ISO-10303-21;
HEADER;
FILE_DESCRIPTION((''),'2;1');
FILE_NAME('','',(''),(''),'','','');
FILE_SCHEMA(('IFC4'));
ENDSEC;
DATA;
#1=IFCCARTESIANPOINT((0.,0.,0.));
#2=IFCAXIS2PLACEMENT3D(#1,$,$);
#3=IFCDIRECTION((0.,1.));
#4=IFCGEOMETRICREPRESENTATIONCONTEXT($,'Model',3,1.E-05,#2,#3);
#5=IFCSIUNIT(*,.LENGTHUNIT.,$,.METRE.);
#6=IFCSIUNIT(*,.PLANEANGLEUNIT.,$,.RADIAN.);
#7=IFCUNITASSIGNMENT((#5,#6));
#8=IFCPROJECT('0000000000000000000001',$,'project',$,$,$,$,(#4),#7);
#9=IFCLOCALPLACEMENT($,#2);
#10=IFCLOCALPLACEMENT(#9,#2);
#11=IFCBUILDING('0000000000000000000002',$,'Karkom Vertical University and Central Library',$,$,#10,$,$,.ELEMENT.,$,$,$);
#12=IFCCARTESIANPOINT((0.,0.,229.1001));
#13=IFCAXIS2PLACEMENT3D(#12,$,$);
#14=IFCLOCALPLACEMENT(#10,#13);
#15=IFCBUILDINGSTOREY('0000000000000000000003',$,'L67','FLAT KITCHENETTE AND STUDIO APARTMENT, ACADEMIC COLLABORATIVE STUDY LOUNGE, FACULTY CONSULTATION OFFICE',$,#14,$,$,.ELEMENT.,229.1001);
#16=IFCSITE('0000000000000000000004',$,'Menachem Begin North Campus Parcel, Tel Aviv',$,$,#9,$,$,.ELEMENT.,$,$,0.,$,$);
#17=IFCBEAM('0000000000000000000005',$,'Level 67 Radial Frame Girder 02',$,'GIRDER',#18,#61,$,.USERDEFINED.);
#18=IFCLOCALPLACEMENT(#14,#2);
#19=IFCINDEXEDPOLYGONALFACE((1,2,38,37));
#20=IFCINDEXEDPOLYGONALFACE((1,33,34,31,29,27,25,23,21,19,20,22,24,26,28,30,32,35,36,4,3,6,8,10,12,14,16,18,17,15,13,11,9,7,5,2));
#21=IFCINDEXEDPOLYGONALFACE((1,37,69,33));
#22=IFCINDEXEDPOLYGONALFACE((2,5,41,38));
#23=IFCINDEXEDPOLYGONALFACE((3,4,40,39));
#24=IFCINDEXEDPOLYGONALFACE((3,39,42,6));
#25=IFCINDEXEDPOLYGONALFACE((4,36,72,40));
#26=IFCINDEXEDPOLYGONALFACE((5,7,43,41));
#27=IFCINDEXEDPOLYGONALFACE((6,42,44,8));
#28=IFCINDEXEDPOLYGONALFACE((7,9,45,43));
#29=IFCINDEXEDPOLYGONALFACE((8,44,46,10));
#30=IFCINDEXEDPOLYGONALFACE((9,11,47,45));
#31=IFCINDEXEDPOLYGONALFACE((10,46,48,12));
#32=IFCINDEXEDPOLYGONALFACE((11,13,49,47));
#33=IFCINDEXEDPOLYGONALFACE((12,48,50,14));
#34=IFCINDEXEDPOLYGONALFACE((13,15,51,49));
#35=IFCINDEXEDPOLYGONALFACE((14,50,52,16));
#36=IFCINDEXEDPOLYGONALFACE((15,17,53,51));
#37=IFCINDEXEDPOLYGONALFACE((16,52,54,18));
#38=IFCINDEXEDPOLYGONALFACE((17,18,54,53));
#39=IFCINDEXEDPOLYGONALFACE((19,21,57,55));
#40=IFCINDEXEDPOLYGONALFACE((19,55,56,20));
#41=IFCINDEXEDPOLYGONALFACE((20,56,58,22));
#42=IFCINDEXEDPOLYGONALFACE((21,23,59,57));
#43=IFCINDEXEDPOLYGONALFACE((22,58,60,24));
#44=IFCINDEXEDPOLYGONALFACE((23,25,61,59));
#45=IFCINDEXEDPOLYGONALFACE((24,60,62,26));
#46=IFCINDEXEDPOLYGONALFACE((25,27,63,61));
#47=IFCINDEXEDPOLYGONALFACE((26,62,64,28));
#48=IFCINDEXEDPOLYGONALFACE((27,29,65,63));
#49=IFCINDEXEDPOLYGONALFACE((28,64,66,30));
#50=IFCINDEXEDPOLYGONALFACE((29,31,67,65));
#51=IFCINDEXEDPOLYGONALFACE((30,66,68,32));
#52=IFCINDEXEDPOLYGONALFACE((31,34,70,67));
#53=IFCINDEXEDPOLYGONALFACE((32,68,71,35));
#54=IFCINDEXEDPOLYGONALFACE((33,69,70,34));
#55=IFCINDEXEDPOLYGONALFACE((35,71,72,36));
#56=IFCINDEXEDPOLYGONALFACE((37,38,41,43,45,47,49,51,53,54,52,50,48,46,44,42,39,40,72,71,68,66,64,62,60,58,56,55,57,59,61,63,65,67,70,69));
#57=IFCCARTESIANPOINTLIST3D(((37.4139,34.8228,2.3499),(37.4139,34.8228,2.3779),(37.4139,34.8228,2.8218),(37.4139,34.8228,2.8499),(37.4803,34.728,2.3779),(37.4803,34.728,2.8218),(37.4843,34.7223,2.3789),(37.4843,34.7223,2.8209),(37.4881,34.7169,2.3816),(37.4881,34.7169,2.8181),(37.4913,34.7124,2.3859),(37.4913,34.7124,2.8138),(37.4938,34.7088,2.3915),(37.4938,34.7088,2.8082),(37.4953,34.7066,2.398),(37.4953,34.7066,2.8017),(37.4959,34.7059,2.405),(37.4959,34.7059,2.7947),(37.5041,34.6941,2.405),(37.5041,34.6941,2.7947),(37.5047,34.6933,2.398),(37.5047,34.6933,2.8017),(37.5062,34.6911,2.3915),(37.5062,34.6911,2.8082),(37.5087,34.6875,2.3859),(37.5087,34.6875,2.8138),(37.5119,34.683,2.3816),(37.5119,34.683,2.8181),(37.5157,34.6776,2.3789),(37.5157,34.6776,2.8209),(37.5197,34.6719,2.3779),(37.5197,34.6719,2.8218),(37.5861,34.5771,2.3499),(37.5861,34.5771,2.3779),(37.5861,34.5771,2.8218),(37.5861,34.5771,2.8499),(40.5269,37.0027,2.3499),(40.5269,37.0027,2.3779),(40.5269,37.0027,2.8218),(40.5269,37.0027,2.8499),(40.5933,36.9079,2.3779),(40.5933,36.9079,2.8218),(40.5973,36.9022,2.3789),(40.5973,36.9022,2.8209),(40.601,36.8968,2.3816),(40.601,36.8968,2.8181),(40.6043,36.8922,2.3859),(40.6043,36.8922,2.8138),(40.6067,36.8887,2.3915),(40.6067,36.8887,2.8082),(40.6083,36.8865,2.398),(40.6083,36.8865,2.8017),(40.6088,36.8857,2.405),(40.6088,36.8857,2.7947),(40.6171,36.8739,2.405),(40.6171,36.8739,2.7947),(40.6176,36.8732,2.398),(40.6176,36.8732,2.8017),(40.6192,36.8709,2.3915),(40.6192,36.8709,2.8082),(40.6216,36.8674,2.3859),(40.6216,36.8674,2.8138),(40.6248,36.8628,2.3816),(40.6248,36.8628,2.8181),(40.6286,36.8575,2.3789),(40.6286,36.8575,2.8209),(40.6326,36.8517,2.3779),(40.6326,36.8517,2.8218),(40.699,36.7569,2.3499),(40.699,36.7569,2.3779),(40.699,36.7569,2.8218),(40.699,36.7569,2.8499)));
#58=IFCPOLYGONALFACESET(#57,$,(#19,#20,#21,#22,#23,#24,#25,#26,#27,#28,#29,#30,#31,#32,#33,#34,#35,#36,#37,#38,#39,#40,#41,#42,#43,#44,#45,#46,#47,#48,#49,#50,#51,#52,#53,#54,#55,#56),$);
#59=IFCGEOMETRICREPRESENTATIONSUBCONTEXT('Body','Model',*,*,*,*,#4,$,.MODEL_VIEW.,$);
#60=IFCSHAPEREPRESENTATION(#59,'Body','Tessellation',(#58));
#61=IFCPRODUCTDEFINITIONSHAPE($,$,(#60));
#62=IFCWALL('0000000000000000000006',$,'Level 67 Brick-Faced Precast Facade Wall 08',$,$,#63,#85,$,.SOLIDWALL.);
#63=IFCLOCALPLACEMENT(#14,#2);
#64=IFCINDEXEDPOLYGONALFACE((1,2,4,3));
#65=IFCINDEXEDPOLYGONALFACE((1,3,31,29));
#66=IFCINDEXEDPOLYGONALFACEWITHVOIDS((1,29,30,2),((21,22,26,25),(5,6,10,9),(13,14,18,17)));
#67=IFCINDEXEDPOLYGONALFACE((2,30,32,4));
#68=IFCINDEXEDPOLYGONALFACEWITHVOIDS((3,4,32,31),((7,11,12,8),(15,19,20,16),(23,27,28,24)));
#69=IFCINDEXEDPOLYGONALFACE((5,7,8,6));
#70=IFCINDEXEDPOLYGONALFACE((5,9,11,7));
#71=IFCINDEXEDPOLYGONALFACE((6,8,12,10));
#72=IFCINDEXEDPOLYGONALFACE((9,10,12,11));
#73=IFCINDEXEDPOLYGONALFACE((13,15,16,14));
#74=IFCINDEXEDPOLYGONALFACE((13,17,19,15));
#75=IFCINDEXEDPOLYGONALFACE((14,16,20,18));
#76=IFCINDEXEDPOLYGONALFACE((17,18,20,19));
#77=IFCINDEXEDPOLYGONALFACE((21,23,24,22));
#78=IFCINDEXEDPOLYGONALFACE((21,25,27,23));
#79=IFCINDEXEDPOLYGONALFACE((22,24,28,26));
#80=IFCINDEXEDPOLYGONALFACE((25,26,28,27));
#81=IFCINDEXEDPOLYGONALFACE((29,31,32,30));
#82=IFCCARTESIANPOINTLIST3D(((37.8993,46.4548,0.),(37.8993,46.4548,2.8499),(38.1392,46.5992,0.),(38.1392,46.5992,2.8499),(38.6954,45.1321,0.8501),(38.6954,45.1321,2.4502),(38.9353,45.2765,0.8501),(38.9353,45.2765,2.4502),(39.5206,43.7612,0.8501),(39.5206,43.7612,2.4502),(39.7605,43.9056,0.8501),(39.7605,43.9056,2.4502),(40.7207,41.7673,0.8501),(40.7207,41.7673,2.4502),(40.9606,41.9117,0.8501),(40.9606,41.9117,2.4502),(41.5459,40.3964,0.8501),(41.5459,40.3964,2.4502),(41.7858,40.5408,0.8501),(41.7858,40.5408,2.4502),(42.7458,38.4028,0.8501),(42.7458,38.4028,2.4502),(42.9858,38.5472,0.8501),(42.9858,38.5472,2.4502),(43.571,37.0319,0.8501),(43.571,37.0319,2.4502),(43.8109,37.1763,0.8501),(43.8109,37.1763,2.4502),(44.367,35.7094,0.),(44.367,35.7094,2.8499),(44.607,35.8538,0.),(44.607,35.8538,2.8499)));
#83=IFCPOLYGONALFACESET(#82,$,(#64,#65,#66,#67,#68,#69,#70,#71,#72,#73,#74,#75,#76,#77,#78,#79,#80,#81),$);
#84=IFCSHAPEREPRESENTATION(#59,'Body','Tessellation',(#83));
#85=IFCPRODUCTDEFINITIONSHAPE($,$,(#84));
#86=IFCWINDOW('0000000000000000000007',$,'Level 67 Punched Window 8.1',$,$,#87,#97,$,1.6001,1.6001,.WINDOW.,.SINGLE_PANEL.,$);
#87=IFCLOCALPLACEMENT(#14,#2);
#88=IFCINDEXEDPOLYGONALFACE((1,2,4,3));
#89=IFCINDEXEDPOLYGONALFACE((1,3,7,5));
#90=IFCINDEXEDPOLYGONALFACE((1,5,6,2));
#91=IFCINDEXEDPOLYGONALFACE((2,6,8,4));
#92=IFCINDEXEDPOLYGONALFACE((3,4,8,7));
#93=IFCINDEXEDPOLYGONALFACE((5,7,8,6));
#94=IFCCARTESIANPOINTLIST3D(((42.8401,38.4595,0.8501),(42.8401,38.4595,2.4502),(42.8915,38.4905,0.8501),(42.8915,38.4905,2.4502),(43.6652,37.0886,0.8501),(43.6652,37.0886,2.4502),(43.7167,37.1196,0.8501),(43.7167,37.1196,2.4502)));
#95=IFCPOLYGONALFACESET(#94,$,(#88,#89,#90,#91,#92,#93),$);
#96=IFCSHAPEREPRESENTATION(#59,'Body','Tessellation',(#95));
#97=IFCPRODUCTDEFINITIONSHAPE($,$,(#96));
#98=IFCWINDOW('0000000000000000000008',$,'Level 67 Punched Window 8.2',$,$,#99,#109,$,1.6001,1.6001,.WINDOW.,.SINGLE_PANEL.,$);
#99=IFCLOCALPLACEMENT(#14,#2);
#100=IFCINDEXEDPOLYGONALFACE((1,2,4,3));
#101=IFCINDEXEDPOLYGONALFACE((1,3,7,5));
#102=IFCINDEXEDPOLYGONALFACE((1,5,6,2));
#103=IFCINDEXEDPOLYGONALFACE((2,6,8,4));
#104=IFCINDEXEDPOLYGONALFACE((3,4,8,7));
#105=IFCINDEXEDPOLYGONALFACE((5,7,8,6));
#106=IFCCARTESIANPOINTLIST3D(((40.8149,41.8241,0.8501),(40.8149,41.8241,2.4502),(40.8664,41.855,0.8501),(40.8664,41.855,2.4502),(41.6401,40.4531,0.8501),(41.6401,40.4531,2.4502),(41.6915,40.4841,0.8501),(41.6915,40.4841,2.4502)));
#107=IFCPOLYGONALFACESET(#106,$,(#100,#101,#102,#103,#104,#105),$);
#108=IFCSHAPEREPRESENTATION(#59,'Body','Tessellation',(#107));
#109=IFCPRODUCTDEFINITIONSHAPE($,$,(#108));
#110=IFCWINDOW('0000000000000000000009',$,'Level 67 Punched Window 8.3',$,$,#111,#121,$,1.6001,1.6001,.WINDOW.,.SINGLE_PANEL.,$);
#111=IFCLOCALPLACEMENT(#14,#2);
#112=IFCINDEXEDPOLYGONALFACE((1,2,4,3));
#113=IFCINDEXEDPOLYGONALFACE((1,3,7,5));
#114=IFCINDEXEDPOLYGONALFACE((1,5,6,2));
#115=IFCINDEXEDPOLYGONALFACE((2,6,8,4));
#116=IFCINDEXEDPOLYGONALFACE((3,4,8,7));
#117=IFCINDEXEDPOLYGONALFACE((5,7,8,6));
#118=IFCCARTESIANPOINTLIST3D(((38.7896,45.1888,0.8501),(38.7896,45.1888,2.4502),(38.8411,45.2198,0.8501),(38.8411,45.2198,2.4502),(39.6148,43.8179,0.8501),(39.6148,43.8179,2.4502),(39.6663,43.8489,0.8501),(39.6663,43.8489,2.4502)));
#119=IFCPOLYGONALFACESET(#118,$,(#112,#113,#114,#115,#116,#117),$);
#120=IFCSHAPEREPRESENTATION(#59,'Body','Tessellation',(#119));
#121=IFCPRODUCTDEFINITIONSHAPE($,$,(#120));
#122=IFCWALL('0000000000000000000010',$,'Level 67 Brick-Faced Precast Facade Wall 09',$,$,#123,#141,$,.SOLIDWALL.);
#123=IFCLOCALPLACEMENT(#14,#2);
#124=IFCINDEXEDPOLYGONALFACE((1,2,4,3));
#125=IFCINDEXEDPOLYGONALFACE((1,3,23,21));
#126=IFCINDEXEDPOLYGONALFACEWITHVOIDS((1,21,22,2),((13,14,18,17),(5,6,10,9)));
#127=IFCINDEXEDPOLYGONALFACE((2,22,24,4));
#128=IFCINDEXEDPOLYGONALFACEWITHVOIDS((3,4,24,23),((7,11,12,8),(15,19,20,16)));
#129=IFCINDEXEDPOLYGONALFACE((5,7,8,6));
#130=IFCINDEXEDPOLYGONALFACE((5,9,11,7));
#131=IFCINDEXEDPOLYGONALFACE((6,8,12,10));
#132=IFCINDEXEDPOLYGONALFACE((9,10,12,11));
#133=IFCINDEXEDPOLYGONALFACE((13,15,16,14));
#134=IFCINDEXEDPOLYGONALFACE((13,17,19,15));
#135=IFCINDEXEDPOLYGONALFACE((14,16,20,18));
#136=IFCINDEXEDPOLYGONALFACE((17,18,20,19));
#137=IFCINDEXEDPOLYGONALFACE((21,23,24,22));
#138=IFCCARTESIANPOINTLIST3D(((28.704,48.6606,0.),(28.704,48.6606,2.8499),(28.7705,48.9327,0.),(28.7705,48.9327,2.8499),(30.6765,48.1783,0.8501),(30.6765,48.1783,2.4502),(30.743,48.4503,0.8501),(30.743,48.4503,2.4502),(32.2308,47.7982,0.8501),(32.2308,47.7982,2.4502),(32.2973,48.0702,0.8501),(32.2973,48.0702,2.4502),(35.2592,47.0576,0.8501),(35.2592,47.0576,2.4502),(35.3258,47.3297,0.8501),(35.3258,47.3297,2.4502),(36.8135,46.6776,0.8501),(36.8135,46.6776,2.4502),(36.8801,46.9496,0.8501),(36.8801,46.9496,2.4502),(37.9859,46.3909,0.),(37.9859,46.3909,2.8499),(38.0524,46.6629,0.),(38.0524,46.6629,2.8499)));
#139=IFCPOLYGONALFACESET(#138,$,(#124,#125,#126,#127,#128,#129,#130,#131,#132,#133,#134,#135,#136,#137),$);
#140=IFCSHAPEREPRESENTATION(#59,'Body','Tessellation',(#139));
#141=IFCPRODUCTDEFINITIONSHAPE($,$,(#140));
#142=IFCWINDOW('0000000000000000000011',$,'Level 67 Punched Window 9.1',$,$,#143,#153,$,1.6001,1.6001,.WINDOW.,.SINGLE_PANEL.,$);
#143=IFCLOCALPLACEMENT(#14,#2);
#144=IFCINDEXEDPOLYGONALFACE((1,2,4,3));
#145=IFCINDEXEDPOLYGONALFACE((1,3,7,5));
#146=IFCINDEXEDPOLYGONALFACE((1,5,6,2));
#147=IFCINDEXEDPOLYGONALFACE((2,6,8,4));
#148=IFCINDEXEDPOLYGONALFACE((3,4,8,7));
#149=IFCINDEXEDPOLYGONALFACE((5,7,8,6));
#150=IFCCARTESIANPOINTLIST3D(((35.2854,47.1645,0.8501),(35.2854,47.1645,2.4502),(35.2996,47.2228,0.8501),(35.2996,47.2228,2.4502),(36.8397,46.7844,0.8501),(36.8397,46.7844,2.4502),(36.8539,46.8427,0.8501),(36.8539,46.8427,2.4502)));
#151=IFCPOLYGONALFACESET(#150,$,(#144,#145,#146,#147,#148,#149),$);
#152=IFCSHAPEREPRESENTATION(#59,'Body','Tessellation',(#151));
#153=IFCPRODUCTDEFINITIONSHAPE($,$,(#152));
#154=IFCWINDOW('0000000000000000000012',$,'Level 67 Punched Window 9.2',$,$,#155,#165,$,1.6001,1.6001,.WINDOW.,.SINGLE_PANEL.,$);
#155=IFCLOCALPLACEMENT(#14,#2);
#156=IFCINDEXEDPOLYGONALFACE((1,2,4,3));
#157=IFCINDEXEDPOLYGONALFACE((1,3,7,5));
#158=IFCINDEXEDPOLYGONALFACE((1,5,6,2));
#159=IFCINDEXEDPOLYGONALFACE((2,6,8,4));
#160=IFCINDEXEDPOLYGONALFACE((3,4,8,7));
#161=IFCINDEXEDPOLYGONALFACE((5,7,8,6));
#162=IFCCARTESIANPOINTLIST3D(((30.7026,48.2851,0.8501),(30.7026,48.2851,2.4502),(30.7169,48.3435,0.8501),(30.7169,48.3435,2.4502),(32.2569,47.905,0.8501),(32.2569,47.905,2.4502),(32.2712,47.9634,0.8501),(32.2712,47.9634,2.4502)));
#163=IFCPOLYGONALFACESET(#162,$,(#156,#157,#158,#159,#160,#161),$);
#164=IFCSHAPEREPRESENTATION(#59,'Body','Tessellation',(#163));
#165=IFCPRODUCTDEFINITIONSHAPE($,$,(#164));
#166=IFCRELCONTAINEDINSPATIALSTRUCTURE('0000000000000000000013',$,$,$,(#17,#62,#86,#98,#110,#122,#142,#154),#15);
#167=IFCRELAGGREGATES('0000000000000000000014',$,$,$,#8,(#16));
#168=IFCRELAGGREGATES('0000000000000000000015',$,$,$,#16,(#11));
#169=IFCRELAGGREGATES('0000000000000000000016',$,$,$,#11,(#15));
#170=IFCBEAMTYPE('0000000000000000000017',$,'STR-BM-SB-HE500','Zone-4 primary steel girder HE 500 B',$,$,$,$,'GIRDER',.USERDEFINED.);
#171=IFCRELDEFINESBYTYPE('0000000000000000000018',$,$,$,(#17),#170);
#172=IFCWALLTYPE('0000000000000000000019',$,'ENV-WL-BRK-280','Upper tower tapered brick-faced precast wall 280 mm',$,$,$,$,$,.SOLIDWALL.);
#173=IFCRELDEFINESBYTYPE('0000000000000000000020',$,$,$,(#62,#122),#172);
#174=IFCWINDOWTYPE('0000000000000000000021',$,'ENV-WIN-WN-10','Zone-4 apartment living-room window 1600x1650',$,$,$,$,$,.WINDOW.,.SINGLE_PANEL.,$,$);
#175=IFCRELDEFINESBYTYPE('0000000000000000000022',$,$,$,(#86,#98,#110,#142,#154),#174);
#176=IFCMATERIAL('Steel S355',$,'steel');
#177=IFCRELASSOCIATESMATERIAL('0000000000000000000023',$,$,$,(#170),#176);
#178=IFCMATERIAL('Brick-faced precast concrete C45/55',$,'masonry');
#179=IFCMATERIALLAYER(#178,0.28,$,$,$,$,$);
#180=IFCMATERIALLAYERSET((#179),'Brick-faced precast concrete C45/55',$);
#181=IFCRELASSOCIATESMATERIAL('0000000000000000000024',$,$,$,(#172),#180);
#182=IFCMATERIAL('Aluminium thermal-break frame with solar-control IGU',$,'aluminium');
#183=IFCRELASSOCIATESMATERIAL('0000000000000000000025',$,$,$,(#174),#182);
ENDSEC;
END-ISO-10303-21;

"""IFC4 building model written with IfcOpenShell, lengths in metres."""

from ifc_helpers import new_model, si_unit, direction, frame, frame_2d, origin, origin_with_axes, origin_2d, place, context, subcontext, project, spatial, rectangle, i_section, extrude, source, transform, mapped, material, layer, layer_set, material_profile, profile_set, type_object, element, fill, save


model = new_model("IFC4")

# Units and contexts
model_context = context("Model", 3, precision=1e-05, world=origin(), true_north=direction((0.0, 1.0)))
body_context = subcontext(model_context, "Body", "Model", "MODEL_VIEW")
ifc_project = project(units=[si_unit("LENGTHUNIT", "METRE"), si_unit("PLANEANGLEUNIT", "RADIAN")], contexts=[model_context])

# Site, building, storey
site_placement = place(None, origin())
site = spatial("IfcSite", under=ifc_project, at=site_placement, Name="Menachem Begin North Campus Parcel, Tel Aviv", CompositionType="ELEMENT", RefElevation=0.0)
building_placement = place(site_placement, origin())
building = spatial("IfcBuilding", under=site, at=building_placement, Name="Karkom Vertical University and Central Library", CompositionType="ELEMENT")
storey_placement = place(building_placement, frame((0.0, 0.0, 229.1001)))
storey = spatial("IfcBuildingStorey", under=building, at=storey_placement, Name="L67", Description="FLAT KITCHENETTE AND STUDIO APARTMENT, ACADEMIC COLLABORATIVE STUDY LOUNGE, FACULTY CONSULTATION OFFICE", CompositionType="ELEMENT", Elevation=229.1001)

# Beam
ifc_material_1 = material(Name="Steel S355", Category="steel")
ifc_material_profile_1 = material_profile(ifc_material_1, i_section(OverallWidth=0.3, OverallDepth=0.5, WebThickness=0.0144, FlangeThickness=0.0281, FilletRadius=0.0271, at=origin_2d()), Name="HE 500 B")
ifc_profile_set_1 = profile_set([ifc_material_profile_1], Name="Steel S355")
beam_type_1 = type_object("IfcBeamType", Name="STR-BM-SB-HE500", Description="Zone-4 primary steel girder HE 500 B", ElementType="GIRDER", PredefinedType="USERDEFINED", material=ifc_profile_set_1)
shared_shape_1 = source(origin_with_axes(), body_context, "Body", "SweptSolid", [
    extrude(i_section(OverallWidth=0.3, OverallDepth=0.5, WebThickness=0.0144, FlangeThickness=0.0281, FilletRadius=0.0271, at=origin_2d()), origin(), (0.0, 0.0, 1.0), 3.8003),
])
beam_1_placement = place(storey_placement, frame((37.5, 34.7, 2.5999), z_axis=(0.819132, 0.573605, 0.0), x_axis=(-0.573605, 0.819132, 0.0)))
element("IfcBeam", 1, at=beam_1_placement, inside=storey, type_object=beam_type_1, Name="Level 67 Radial Frame Girder 02", ObjectType="GIRDER", PredefinedType="USERDEFINED", context=body_context, shape_type="MappedRepresentation", body=[
    mapped(shared_shape_1, transform((0.0, 0.0, 0.0), scale=1.0)),
])

# Walls, openings, windows
ifc_material_2 = material(Name="Brick-faced precast concrete C45/55", Category="masonry")
ifc_layer_1 = layer(ifc_material_2, 0.28)
ifc_layer_set_1 = layer_set([ifc_layer_1], Name="Brick-faced precast concrete C45/55")
wall_type_1 = type_object("IfcWallType", Name="ENV-WL-BRK-280", Description="Upper tower tapered brick-faced precast wall 280 mm", PredefinedType="SOLIDWALL", material=ifc_layer_set_1)
wall_1_placement = place(storey_placement, frame((44.4871, 35.7815, 0.0), z_axis=(0.0, 0.0, 1.0), x_axis=(-0.5157, 0.856769, 0.0)))
wall_1 = element("IfcWall", 2, at=wall_1_placement, inside=storey, type_object=wall_type_1, Name="Level 67 Brick-Faced Precast Facade Wall 08", PredefinedType="SOLIDWALL", context=body_context, shape_type="SweptSolid", body=[
    extrude(rectangle(XDim=12.5417, YDim=0.28, at=frame_2d((6.271, 0.0))), origin(), (0.0, 0.0, 1.0), 2.8499),
])
opening_1_placement = place(wall_1_placement, frame((1.5437, 0.0, 0.8501)))
opening_1 = element("IfcOpeningElement", 3, at=opening_1_placement, cuts=wall_1, PredefinedType="OPENING", context=body_context, shape_type="SweptSolid", body=[
    extrude(rectangle(XDim=1.6001, YDim=1.6001, at=frame_2d((0.8, 0.8))), frame((0.0, 0.1499, 0.0), z_axis=(0.0, -1.0, 0.0), x_axis=(1.0, 0.0, 0.0)), (0.0, 0.0, 1.0), 0.3),
])
opening_2_placement = place(wall_1_placement, frame((5.4707, 0.0, 0.8501)))
opening_2 = element("IfcOpeningElement", 4, at=opening_2_placement, cuts=wall_1, PredefinedType="OPENING", context=body_context, shape_type="SweptSolid", body=[
    extrude(rectangle(XDim=1.6001, YDim=1.6001, at=frame_2d((0.8, 0.8))), frame((0.0, 0.1499, 0.0), z_axis=(0.0, -1.0, 0.0), x_axis=(1.0, 0.0, 0.0)), (0.0, 0.0, 1.0), 0.3),
])
opening_3_placement = place(wall_1_placement, frame((9.3979, 0.0, 0.8501)))
opening_3 = element("IfcOpeningElement", 5, at=opening_3_placement, cuts=wall_1, PredefinedType="OPENING", context=body_context, shape_type="SweptSolid", body=[
    extrude(rectangle(XDim=1.6001, YDim=1.6001, at=frame_2d((0.8, 0.8))), frame((0.0, 0.1499, 0.0), z_axis=(0.0, -1.0, 0.0), x_axis=(1.0, 0.0, 0.0)), (0.0, 0.0, 1.0), 0.3),
])
ifc_material_3 = material(Name="Aluminium thermal-break frame with solar-control IGU", Category="aluminium")
window_type = type_object("IfcWindowType", Name="ENV-WIN-WN-10", Description="Zone-4 apartment living-room window 1600x1650", PartitioningType="SINGLE_PANEL", PredefinedType="WINDOW", material=ifc_material_3)
shared_shape_2 = source(origin_with_axes(), body_context, "Body", "SweptSolid", [
    extrude(rectangle(XDim=1.6001, YDim=1.6001, at=frame_2d((0.8, 0.8))), frame((0.0, 0.03, 0.0), z_axis=(0.0, -1.0, 0.0), x_axis=(1.0, 0.0, 0.0)), (0.0, 0.0, 1.0), 0.0601),
])
window_1_placement = place(opening_1_placement, origin())
window_1 = element("IfcWindow", 6, at=window_1_placement, inside=storey, type_object=window_type, Name="Level 67 Punched Window 8.1", OverallHeight=1.6001, OverallWidth=1.6001, PartitioningType="SINGLE_PANEL", PredefinedType="WINDOW", context=body_context, shape_type="MappedRepresentation", body=[
    mapped(shared_shape_2, transform((0.0, 0.0, 0.0), scale=1.0)),
])
fill(opening_1, window_1)
window_2_placement = place(opening_2_placement, origin())
window_2 = element("IfcWindow", 7, at=window_2_placement, inside=storey, type_object=window_type, Name="Level 67 Punched Window 8.2", OverallHeight=1.6001, OverallWidth=1.6001, PartitioningType="SINGLE_PANEL", PredefinedType="WINDOW", context=body_context, shape_type="MappedRepresentation", body=[
    mapped(shared_shape_2, transform((0.0, 0.0, 0.0), scale=1.0)),
])
fill(opening_2, window_2)
window_3_placement = place(opening_3_placement, origin())
window_3 = element("IfcWindow", 8, at=window_3_placement, inside=storey, type_object=window_type, Name="Level 67 Punched Window 8.3", OverallHeight=1.6001, OverallWidth=1.6001, PartitioningType="SINGLE_PANEL", PredefinedType="WINDOW", context=body_context, shape_type="MappedRepresentation", body=[
    mapped(shared_shape_2, transform((0.0, 0.0, 0.0), scale=1.0)),
])
fill(opening_3, window_3)
wall_2_placement = place(storey_placement, frame((38.0193, 46.5269, 0.0), z_axis=(0.0, 0.0, 1.0), x_axis=(-0.971379, 0.237537, 0.0)))
wall_2 = element("IfcWall", 9, at=wall_2_placement, inside=storey, type_object=wall_type_1, Name="Level 67 Brick-Faced Precast Facade Wall 09", PredefinedType="SOLIDWALL", context=body_context, shape_type="SweptSolid", body=[
    extrude(rectangle(XDim=9.5554, YDim=0.28, at=frame_2d((4.7778, 0.0))), origin(), (0.0, 0.0, 1.0), 2.8499),
])
opening_4_placement = place(wall_2_placement, frame((1.207, 0.0, 0.8501)))
opening_4 = element("IfcOpeningElement", 10, at=opening_4_placement, cuts=wall_2, PredefinedType="OPENING", context=body_context, shape_type="SweptSolid", body=[
    extrude(rectangle(XDim=1.6001, YDim=1.6001, at=frame_2d((0.8, 0.8))), frame((0.0, 0.1499, 0.0), z_axis=(0.0, -1.0, 0.0), x_axis=(1.0, 0.0, 0.0)), (0.0, 0.0, 1.0), 0.3),
])
opening_5_placement = place(wall_2_placement, frame((5.9248, 0.0, 0.8501)))
opening_5 = element("IfcOpeningElement", 11, at=opening_5_placement, cuts=wall_2, PredefinedType="OPENING", context=body_context, shape_type="SweptSolid", body=[
    extrude(rectangle(XDim=1.6001, YDim=1.6001, at=frame_2d((0.8, 0.8))), frame((0.0, 0.1499, 0.0), z_axis=(0.0, -1.0, 0.0), x_axis=(1.0, 0.0, 0.0)), (0.0, 0.0, 1.0), 0.3),
])
window_4_placement = place(opening_4_placement, origin())
window_4 = element("IfcWindow", 12, at=window_4_placement, inside=storey, type_object=window_type, Name="Level 67 Punched Window 9.1", OverallHeight=1.6001, OverallWidth=1.6001, PartitioningType="SINGLE_PANEL", PredefinedType="WINDOW", context=body_context, shape_type="MappedRepresentation", body=[
    mapped(shared_shape_2, transform((0.0, 0.0, 0.0), scale=1.0)),
])
fill(opening_4, window_4)
window_5_placement = place(opening_5_placement, origin())
window_5 = element("IfcWindow", 13, at=window_5_placement, inside=storey, type_object=window_type, Name="Level 67 Punched Window 9.2", OverallHeight=1.6001, OverallWidth=1.6001, PartitioningType="SINGLE_PANEL", PredefinedType="WINDOW", context=body_context, shape_type="MappedRepresentation", body=[
    mapped(shared_shape_2, transform((0.0, 0.0, 0.0), scale=1.0)),
])
fill(opening_5, window_5)

save(model, "model.ifc")
